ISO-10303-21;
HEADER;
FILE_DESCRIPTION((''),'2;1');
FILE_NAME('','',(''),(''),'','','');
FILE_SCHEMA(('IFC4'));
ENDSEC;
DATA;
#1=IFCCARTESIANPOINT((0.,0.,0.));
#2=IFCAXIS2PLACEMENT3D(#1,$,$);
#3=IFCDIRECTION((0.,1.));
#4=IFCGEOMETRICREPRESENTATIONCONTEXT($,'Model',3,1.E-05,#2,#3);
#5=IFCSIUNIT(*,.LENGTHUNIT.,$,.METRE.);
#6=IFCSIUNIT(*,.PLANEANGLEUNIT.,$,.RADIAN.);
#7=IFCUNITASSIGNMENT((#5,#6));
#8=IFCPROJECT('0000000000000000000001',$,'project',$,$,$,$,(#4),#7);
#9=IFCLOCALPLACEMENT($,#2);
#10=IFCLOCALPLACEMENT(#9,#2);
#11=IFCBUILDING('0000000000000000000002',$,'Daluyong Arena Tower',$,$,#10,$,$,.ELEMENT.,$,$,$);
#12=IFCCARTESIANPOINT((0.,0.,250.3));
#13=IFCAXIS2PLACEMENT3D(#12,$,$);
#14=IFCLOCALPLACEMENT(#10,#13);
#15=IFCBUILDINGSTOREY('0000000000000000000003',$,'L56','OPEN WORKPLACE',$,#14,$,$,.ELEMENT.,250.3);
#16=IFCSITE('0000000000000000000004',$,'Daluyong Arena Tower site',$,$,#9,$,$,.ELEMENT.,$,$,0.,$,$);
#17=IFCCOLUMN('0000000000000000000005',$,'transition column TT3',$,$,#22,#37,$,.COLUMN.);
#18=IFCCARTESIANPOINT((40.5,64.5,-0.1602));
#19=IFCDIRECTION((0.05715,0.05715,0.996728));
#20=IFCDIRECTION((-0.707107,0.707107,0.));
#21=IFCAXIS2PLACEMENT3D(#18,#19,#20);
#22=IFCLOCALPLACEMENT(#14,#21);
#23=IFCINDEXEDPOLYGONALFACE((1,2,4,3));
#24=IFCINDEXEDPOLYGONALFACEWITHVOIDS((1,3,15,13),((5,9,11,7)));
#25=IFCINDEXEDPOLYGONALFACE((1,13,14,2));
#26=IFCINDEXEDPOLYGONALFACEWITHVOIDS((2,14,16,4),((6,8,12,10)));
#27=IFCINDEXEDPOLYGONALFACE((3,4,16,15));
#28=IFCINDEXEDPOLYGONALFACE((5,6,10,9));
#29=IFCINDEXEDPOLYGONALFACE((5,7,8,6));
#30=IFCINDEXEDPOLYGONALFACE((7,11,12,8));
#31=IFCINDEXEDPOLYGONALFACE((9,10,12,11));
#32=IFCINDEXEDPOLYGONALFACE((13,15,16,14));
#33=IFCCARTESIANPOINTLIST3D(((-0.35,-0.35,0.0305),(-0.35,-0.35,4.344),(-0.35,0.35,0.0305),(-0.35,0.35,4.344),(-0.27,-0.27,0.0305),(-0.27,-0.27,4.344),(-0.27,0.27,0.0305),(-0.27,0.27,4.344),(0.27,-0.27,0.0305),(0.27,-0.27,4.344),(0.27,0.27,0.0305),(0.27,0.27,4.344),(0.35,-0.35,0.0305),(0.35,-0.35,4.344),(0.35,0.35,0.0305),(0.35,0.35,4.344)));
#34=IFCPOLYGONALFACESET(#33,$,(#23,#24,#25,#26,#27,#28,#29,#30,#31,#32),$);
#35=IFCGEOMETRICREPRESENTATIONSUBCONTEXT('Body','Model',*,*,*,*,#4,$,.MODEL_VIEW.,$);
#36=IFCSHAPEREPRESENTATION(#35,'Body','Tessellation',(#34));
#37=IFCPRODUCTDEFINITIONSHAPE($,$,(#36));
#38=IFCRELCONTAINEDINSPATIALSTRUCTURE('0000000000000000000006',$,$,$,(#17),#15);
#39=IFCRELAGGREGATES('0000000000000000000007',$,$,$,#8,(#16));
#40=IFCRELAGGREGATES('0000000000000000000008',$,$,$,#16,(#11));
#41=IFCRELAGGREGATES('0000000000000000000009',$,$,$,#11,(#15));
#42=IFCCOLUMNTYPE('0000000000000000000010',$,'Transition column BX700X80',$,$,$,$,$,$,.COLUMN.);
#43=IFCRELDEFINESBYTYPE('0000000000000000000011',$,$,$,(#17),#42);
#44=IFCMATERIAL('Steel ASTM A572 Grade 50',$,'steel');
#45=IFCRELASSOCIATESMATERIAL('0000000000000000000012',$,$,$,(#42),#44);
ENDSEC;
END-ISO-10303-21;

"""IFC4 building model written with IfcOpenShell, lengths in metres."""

from ifc_helpers import new_model, si_unit, direction, frame, origin, origin_2d, place, context, subcontext, project, spatial, hollow_rectangle, extrude, clip, halfspace, material, material_profile, profile_set, type_object, element, save


model = new_model("IFC4")

# Units and contexts
model_context = context("Model", 3, precision=1e-05, world=origin(), true_north=direction((0.0, 1.0)))
body_context = subcontext(model_context, "Body", "Model", "MODEL_VIEW")
ifc_project = project(units=[si_unit("LENGTHUNIT", "METRE"), si_unit("PLANEANGLEUNIT", "RADIAN")], contexts=[model_context])

# Site, building, storey
site_placement = place(None, origin())
site = spatial("IfcSite", under=ifc_project, at=site_placement, Name="Daluyong Arena Tower site", CompositionType="ELEMENT", RefElevation=0.0)
building_placement = place(site_placement, origin())
building = spatial("IfcBuilding", under=site, at=building_placement, Name="Daluyong Arena Tower", CompositionType="ELEMENT")
storey_placement = place(building_placement, frame((0.0, 0.0, 250.3)))
storey = spatial("IfcBuildingStorey", under=building, at=storey_placement, Name="L56", Description="OPEN WORKPLACE", CompositionType="ELEMENT", Elevation=250.3)

# Column
ifc_material_1 = material(Name="Steel ASTM A572 Grade 50", Category="steel")
ifc_material_profile_1 = material_profile(ifc_material_1, hollow_rectangle(XDim=0.7, YDim=0.7, WallThickness=0.08, at=origin_2d()))
ifc_profile_set_1 = profile_set([ifc_material_profile_1], Name="Steel ASTM A572 Grade 50")
column_type_1 = type_object("IfcColumnType", Name="Transition column BX700X80", PredefinedType="COLUMN", material=ifc_profile_set_1)
column_1_placement = place(storey_placement, frame((40.5, 64.5, -0.1602), z_axis=(0.05715, 0.05715, 0.996728), x_axis=(-0.707107, 0.707107, 0.0)))
element("IfcColumn", 1, at=column_1_placement, inside=storey, type_object=column_type_1, Name="transition column TT3", PredefinedType="COLUMN", context=body_context, shape_type="Clipping", body=[
    clip(clip(extrude(hollow_rectangle(XDim=0.7, YDim=0.7, WallThickness=0.08, at=origin_2d()), origin(), (0.0, 0.0, 1.0), 4.3745), halfspace(frame((0.0, 0.0, 0.0305), z_axis=(0.0, 0.0, 1.0), x_axis=(1.0, 0.0, 0.0)), True)), halfspace(frame((0.0, 0.0, 4.344), z_axis=(0.0, 0.0, -1.0), x_axis=(1.0, 0.0, 0.0)), True)),
])

save(model, "model.ifc")
